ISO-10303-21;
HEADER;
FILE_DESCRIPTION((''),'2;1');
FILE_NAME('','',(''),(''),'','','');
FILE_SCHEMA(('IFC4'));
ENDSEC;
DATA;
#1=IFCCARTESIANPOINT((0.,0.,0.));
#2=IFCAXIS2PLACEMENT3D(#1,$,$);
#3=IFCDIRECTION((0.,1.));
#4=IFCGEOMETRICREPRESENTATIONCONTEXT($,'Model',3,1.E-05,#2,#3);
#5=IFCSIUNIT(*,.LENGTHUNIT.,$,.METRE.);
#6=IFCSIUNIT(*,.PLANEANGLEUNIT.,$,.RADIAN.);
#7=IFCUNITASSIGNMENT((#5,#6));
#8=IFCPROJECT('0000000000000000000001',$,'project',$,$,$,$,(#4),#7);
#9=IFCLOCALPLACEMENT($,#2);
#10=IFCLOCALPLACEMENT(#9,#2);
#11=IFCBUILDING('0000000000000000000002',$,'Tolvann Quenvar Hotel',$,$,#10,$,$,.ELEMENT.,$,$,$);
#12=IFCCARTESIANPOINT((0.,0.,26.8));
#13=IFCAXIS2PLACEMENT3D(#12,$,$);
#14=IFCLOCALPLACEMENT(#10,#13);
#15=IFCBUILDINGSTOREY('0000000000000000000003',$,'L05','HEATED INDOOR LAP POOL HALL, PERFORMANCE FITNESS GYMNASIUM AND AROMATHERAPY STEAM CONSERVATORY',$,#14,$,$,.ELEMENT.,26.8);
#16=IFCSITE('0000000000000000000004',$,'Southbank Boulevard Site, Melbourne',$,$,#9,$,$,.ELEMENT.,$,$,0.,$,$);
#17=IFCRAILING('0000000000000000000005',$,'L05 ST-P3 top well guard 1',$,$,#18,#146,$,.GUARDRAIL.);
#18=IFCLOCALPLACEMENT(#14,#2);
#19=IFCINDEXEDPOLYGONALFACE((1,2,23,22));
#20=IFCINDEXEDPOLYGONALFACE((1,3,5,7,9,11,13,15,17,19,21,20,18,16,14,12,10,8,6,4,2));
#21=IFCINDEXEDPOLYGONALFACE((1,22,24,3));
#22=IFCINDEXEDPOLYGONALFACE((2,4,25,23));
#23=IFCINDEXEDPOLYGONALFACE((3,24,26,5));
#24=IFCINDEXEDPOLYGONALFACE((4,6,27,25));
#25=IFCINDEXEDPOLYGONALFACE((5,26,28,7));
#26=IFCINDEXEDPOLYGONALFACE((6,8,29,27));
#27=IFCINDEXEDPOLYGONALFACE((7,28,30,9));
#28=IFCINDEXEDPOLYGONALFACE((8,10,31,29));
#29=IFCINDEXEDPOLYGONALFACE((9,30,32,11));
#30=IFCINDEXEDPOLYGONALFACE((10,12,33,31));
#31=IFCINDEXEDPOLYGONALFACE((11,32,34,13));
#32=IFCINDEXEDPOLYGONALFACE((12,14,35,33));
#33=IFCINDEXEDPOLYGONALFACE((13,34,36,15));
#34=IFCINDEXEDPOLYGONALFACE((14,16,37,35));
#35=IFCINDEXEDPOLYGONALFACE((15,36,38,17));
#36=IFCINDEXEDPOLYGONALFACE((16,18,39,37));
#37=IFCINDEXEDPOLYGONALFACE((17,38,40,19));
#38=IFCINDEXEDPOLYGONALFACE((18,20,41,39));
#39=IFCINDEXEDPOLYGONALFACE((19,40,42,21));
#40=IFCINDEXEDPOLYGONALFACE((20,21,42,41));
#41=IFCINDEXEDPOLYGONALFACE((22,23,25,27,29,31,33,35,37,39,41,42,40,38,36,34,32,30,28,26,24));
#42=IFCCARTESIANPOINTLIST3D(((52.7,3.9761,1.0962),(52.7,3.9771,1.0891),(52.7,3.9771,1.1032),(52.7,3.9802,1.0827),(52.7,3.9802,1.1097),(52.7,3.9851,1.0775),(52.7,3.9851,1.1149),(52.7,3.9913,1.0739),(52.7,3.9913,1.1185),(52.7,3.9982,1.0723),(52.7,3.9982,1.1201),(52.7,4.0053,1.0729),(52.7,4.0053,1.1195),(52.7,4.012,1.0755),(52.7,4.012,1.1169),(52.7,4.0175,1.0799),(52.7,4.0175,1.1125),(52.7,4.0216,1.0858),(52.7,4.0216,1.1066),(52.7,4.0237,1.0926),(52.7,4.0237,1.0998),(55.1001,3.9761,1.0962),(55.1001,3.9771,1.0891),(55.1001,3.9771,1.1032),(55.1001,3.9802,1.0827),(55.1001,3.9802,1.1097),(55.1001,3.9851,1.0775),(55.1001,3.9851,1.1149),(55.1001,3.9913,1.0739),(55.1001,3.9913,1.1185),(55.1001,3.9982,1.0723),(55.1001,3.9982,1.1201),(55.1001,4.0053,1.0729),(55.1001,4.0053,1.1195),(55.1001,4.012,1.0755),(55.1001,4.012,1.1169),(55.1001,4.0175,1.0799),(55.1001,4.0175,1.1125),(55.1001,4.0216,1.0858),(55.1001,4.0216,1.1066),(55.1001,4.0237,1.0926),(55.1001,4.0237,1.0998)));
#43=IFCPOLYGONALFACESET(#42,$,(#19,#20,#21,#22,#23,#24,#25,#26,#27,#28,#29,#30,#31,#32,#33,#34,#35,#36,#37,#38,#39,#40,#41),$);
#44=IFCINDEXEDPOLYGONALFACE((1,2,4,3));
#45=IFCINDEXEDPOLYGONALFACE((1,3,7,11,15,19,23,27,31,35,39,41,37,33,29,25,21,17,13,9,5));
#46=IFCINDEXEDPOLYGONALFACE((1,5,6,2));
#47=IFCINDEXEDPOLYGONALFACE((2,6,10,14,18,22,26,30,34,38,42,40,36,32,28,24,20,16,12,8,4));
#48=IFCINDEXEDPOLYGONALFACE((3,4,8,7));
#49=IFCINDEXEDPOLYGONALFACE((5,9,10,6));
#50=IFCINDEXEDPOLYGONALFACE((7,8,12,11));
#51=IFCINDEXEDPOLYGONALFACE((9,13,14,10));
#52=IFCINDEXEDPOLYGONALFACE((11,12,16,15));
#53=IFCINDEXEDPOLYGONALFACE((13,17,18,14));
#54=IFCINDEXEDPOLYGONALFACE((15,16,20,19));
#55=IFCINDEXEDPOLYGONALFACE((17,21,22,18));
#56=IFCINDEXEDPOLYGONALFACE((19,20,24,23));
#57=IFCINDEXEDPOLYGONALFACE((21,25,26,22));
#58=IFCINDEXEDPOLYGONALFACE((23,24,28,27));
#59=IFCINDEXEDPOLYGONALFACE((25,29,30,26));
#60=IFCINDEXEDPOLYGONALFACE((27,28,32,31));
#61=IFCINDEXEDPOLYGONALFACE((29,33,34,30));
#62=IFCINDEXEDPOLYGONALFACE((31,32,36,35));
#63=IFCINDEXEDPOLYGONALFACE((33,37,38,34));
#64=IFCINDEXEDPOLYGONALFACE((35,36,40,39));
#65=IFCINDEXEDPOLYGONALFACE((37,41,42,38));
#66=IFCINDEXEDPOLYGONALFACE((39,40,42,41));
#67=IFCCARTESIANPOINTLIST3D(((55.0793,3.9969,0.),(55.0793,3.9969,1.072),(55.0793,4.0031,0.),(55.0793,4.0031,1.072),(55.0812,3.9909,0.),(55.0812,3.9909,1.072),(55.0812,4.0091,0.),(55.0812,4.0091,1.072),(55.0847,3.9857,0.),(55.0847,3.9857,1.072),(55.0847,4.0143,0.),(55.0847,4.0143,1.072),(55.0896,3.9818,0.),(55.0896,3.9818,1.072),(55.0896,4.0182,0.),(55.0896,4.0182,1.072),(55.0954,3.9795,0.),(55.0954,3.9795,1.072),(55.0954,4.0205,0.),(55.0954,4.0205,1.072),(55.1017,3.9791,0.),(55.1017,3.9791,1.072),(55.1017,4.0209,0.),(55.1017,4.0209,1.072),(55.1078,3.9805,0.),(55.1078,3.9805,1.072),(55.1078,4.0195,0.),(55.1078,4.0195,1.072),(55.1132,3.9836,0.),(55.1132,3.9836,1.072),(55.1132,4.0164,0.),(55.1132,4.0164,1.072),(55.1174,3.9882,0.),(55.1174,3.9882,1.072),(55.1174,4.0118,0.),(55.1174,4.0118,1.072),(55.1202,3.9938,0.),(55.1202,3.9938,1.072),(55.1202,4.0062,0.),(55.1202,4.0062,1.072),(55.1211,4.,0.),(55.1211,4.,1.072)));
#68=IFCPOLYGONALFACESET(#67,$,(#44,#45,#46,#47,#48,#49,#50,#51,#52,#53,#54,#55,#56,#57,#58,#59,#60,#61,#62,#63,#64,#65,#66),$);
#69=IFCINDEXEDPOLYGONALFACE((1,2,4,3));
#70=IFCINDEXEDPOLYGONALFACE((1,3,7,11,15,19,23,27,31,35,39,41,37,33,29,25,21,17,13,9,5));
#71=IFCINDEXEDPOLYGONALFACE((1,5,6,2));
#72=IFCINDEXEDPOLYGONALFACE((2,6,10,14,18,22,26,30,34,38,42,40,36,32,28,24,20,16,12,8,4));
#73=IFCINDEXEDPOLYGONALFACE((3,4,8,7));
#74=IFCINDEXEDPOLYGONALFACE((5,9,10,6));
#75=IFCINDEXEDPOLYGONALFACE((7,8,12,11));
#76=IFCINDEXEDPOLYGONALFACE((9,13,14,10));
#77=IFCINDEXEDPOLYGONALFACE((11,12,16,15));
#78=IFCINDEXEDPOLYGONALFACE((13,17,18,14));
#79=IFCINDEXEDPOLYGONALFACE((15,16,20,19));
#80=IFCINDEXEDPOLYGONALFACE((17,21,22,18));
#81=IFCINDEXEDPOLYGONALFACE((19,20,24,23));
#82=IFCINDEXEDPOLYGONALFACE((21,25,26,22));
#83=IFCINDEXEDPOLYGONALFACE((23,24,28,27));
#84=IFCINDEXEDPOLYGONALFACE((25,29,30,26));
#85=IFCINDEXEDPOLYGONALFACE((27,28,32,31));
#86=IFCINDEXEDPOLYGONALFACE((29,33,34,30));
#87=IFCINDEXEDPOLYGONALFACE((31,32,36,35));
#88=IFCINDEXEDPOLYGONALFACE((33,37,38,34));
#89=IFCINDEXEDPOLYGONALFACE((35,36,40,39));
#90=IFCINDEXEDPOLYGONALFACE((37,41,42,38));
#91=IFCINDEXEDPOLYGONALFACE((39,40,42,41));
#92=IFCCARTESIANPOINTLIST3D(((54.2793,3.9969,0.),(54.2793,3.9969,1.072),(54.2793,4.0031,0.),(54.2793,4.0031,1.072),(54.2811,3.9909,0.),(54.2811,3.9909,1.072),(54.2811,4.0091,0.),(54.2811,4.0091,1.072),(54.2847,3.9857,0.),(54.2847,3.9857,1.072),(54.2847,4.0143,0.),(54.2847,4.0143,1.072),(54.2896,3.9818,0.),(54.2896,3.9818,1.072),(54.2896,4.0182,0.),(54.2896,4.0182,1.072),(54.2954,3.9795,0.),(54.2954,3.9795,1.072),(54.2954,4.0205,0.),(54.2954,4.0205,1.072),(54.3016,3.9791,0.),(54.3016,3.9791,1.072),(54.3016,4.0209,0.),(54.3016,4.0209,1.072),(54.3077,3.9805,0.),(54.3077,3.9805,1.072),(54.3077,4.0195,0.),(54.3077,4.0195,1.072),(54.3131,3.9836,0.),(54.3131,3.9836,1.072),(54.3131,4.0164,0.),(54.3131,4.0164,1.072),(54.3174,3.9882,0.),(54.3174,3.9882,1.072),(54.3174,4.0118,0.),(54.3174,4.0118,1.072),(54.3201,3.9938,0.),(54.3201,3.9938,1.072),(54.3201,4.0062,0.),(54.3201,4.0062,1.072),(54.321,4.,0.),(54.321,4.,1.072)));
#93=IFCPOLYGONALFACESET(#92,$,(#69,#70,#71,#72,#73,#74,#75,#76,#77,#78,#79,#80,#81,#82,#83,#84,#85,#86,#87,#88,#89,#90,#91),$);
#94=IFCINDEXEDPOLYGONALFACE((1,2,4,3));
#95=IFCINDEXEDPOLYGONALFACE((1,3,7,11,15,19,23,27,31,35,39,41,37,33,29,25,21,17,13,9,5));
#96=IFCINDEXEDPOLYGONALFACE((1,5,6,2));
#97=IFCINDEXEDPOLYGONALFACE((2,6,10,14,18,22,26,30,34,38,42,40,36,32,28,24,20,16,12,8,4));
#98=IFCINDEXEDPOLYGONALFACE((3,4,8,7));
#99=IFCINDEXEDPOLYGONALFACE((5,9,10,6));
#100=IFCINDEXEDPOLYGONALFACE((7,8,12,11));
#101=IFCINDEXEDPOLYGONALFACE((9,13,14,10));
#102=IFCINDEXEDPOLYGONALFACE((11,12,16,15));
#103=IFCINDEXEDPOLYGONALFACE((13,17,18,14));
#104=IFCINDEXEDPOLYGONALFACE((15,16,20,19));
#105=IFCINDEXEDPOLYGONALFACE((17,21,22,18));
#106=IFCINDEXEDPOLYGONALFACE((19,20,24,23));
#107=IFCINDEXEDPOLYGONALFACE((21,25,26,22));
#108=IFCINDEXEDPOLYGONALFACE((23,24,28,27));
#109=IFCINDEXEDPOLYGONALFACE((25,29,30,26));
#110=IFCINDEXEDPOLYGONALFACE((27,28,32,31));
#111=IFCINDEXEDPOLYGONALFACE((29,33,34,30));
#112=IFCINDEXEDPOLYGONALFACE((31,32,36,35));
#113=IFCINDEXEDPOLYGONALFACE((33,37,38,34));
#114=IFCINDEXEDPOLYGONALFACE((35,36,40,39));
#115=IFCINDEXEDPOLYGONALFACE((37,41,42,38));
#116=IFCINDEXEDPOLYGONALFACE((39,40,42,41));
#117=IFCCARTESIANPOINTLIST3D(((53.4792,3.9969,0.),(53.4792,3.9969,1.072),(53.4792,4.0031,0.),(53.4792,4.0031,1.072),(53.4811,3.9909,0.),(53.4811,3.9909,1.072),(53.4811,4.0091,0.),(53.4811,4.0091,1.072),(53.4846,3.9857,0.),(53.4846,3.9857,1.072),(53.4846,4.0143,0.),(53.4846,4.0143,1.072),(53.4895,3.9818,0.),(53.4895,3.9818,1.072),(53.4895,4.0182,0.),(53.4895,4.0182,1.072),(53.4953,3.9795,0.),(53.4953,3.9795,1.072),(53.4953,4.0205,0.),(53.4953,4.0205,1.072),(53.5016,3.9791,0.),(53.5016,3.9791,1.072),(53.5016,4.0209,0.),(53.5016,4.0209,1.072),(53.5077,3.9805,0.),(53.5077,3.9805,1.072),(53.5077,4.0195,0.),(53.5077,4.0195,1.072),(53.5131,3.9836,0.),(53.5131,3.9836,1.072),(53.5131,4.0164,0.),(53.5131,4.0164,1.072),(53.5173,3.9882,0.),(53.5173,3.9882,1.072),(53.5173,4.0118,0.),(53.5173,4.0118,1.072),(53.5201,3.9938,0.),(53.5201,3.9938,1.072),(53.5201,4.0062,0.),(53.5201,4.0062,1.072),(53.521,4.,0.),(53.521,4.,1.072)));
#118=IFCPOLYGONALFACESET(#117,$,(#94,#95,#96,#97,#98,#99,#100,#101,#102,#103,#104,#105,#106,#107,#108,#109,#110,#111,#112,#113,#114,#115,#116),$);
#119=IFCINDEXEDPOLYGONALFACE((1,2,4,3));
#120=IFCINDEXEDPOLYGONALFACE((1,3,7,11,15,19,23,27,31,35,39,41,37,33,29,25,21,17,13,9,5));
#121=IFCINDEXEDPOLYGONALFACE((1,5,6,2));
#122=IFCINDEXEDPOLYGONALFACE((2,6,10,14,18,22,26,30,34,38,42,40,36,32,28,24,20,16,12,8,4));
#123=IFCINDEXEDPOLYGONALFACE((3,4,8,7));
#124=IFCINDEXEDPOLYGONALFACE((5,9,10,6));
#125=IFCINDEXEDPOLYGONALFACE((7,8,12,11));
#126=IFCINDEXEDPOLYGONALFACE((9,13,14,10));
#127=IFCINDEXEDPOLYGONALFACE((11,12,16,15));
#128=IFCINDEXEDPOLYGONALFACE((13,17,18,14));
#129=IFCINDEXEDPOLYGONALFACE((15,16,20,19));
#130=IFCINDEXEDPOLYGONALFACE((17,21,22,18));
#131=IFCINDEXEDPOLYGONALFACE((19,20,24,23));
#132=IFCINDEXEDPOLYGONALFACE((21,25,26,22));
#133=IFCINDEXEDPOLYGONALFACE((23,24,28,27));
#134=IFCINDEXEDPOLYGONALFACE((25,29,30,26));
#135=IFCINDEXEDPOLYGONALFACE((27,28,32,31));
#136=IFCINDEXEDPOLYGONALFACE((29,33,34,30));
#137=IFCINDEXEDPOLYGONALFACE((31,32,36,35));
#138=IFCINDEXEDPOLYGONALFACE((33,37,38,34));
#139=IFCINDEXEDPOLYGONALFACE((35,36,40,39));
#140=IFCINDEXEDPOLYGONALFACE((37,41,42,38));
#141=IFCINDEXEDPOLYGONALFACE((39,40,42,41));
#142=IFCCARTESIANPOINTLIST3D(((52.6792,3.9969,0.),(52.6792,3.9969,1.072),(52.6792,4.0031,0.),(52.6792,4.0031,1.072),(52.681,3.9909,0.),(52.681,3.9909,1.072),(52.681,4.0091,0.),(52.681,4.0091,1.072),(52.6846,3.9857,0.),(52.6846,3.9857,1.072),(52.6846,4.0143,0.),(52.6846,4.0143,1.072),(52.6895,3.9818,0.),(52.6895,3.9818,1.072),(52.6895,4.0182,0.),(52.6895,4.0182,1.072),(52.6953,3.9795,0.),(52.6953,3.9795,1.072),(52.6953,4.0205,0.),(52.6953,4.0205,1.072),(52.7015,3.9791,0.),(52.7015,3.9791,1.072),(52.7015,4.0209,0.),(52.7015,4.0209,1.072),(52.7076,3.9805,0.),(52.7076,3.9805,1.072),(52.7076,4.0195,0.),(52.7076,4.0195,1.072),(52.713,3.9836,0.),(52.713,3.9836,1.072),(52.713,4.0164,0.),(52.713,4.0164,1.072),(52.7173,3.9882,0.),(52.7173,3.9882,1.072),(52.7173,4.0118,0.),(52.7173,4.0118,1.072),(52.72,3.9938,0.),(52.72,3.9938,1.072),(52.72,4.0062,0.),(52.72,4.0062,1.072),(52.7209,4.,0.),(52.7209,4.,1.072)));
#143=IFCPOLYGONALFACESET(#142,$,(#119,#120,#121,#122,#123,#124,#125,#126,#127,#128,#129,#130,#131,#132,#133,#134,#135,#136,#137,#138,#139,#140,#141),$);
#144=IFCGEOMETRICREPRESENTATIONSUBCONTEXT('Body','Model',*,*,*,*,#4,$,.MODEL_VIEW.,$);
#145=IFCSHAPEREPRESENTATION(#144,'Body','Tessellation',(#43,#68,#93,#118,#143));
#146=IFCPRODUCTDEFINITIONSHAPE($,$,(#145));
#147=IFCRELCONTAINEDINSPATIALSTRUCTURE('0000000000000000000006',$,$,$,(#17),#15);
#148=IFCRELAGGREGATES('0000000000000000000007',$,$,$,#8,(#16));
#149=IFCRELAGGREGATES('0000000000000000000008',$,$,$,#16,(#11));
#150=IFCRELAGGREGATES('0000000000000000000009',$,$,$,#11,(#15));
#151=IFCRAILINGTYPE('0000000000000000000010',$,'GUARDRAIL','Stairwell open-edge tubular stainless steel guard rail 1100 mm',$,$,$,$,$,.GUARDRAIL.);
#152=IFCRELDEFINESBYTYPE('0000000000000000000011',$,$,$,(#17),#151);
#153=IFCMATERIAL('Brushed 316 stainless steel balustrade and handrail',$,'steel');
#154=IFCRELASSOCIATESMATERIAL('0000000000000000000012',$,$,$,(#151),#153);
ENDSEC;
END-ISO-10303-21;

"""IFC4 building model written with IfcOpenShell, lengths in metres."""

from ifc_helpers import new_model, si_unit, direction, frame, origin, origin_2d, place, context, subcontext, project, spatial, circle, extrude, material, type_object, element, save


model = new_model("IFC4")

# Units and contexts
model_context = context("Model", 3, precision=1e-05, world=origin(), true_north=direction((0.0, 1.0)))
body_context = subcontext(model_context, "Body", "Model", "MODEL_VIEW")
ifc_project = project(units=[si_unit("LENGTHUNIT", "METRE"), si_unit("PLANEANGLEUNIT", "RADIAN")], contexts=[model_context])

# Site, building, storey
site_placement = place(None, origin())
site = spatial("IfcSite", under=ifc_project, at=site_placement, Name="Southbank Boulevard Site, Melbourne", CompositionType="ELEMENT", RefElevation=0.0)
building_placement = place(site_placement, origin())
building = spatial("IfcBuilding", under=site, at=building_placement, Name="Tolvann Quenvar Hotel", CompositionType="ELEMENT")
storey_placement = place(building_placement, frame((0.0, 0.0, 26.8)))
storey = spatial("IfcBuildingStorey", under=building, at=storey_placement, Name="L05", Description="HEATED INDOOR LAP POOL HALL, PERFORMANCE FITNESS GYMNASIUM AND AROMATHERAPY STEAM CONSERVATORY", CompositionType="ELEMENT", Elevation=26.8)

# Railing
ifc_material_1 = material(Name="Brushed 316 stainless steel balustrade and handrail", Category="steel")
railing_type_1 = type_object("IfcRailingType", Name="GUARDRAIL", Description="Stairwell open-edge tubular stainless steel guard rail 1100 mm", PredefinedType="GUARDRAIL", material=ifc_material_1)
railing_1_placement = place(storey_placement, frame((55.1001, 4.0, 0.0)))
element("IfcRailing", 1, at=railing_1_placement, inside=storey, type_object=railing_type_1, Name="L05 ST-P3 top well guard 1", PredefinedType="GUARDRAIL", context=body_context, shape_type="SweptSolid", body=[
    extrude(circle(Radius=0.0239, at=origin_2d()), frame((0.0, 0.0, 1.0962), z_axis=(-1.0, 0.0, 0.0), x_axis=(0.0, -1.0, 0.0)), (0.0, 0.0, 1.0), 2.4001),
    extrude(circle(Radius=0.021, at=origin_2d()), origin(), (0.0, 0.0, 1.0), 1.072),
    extrude(circle(Radius=0.021, at=origin_2d()), frame((-0.8, 0.0, 0.0)), (0.0, 0.0, 1.0), 1.072),
    extrude(circle(Radius=0.021, at=origin_2d()), frame((-1.6001, 0.0, 0.0)), (0.0, 0.0, 1.0), 1.072),
    extrude(circle(Radius=0.021, at=origin_2d()), frame((-2.4001, 0.0, 0.0)), (0.0, 0.0, 1.0), 1.072),
])

save(model, "model.ifc")
